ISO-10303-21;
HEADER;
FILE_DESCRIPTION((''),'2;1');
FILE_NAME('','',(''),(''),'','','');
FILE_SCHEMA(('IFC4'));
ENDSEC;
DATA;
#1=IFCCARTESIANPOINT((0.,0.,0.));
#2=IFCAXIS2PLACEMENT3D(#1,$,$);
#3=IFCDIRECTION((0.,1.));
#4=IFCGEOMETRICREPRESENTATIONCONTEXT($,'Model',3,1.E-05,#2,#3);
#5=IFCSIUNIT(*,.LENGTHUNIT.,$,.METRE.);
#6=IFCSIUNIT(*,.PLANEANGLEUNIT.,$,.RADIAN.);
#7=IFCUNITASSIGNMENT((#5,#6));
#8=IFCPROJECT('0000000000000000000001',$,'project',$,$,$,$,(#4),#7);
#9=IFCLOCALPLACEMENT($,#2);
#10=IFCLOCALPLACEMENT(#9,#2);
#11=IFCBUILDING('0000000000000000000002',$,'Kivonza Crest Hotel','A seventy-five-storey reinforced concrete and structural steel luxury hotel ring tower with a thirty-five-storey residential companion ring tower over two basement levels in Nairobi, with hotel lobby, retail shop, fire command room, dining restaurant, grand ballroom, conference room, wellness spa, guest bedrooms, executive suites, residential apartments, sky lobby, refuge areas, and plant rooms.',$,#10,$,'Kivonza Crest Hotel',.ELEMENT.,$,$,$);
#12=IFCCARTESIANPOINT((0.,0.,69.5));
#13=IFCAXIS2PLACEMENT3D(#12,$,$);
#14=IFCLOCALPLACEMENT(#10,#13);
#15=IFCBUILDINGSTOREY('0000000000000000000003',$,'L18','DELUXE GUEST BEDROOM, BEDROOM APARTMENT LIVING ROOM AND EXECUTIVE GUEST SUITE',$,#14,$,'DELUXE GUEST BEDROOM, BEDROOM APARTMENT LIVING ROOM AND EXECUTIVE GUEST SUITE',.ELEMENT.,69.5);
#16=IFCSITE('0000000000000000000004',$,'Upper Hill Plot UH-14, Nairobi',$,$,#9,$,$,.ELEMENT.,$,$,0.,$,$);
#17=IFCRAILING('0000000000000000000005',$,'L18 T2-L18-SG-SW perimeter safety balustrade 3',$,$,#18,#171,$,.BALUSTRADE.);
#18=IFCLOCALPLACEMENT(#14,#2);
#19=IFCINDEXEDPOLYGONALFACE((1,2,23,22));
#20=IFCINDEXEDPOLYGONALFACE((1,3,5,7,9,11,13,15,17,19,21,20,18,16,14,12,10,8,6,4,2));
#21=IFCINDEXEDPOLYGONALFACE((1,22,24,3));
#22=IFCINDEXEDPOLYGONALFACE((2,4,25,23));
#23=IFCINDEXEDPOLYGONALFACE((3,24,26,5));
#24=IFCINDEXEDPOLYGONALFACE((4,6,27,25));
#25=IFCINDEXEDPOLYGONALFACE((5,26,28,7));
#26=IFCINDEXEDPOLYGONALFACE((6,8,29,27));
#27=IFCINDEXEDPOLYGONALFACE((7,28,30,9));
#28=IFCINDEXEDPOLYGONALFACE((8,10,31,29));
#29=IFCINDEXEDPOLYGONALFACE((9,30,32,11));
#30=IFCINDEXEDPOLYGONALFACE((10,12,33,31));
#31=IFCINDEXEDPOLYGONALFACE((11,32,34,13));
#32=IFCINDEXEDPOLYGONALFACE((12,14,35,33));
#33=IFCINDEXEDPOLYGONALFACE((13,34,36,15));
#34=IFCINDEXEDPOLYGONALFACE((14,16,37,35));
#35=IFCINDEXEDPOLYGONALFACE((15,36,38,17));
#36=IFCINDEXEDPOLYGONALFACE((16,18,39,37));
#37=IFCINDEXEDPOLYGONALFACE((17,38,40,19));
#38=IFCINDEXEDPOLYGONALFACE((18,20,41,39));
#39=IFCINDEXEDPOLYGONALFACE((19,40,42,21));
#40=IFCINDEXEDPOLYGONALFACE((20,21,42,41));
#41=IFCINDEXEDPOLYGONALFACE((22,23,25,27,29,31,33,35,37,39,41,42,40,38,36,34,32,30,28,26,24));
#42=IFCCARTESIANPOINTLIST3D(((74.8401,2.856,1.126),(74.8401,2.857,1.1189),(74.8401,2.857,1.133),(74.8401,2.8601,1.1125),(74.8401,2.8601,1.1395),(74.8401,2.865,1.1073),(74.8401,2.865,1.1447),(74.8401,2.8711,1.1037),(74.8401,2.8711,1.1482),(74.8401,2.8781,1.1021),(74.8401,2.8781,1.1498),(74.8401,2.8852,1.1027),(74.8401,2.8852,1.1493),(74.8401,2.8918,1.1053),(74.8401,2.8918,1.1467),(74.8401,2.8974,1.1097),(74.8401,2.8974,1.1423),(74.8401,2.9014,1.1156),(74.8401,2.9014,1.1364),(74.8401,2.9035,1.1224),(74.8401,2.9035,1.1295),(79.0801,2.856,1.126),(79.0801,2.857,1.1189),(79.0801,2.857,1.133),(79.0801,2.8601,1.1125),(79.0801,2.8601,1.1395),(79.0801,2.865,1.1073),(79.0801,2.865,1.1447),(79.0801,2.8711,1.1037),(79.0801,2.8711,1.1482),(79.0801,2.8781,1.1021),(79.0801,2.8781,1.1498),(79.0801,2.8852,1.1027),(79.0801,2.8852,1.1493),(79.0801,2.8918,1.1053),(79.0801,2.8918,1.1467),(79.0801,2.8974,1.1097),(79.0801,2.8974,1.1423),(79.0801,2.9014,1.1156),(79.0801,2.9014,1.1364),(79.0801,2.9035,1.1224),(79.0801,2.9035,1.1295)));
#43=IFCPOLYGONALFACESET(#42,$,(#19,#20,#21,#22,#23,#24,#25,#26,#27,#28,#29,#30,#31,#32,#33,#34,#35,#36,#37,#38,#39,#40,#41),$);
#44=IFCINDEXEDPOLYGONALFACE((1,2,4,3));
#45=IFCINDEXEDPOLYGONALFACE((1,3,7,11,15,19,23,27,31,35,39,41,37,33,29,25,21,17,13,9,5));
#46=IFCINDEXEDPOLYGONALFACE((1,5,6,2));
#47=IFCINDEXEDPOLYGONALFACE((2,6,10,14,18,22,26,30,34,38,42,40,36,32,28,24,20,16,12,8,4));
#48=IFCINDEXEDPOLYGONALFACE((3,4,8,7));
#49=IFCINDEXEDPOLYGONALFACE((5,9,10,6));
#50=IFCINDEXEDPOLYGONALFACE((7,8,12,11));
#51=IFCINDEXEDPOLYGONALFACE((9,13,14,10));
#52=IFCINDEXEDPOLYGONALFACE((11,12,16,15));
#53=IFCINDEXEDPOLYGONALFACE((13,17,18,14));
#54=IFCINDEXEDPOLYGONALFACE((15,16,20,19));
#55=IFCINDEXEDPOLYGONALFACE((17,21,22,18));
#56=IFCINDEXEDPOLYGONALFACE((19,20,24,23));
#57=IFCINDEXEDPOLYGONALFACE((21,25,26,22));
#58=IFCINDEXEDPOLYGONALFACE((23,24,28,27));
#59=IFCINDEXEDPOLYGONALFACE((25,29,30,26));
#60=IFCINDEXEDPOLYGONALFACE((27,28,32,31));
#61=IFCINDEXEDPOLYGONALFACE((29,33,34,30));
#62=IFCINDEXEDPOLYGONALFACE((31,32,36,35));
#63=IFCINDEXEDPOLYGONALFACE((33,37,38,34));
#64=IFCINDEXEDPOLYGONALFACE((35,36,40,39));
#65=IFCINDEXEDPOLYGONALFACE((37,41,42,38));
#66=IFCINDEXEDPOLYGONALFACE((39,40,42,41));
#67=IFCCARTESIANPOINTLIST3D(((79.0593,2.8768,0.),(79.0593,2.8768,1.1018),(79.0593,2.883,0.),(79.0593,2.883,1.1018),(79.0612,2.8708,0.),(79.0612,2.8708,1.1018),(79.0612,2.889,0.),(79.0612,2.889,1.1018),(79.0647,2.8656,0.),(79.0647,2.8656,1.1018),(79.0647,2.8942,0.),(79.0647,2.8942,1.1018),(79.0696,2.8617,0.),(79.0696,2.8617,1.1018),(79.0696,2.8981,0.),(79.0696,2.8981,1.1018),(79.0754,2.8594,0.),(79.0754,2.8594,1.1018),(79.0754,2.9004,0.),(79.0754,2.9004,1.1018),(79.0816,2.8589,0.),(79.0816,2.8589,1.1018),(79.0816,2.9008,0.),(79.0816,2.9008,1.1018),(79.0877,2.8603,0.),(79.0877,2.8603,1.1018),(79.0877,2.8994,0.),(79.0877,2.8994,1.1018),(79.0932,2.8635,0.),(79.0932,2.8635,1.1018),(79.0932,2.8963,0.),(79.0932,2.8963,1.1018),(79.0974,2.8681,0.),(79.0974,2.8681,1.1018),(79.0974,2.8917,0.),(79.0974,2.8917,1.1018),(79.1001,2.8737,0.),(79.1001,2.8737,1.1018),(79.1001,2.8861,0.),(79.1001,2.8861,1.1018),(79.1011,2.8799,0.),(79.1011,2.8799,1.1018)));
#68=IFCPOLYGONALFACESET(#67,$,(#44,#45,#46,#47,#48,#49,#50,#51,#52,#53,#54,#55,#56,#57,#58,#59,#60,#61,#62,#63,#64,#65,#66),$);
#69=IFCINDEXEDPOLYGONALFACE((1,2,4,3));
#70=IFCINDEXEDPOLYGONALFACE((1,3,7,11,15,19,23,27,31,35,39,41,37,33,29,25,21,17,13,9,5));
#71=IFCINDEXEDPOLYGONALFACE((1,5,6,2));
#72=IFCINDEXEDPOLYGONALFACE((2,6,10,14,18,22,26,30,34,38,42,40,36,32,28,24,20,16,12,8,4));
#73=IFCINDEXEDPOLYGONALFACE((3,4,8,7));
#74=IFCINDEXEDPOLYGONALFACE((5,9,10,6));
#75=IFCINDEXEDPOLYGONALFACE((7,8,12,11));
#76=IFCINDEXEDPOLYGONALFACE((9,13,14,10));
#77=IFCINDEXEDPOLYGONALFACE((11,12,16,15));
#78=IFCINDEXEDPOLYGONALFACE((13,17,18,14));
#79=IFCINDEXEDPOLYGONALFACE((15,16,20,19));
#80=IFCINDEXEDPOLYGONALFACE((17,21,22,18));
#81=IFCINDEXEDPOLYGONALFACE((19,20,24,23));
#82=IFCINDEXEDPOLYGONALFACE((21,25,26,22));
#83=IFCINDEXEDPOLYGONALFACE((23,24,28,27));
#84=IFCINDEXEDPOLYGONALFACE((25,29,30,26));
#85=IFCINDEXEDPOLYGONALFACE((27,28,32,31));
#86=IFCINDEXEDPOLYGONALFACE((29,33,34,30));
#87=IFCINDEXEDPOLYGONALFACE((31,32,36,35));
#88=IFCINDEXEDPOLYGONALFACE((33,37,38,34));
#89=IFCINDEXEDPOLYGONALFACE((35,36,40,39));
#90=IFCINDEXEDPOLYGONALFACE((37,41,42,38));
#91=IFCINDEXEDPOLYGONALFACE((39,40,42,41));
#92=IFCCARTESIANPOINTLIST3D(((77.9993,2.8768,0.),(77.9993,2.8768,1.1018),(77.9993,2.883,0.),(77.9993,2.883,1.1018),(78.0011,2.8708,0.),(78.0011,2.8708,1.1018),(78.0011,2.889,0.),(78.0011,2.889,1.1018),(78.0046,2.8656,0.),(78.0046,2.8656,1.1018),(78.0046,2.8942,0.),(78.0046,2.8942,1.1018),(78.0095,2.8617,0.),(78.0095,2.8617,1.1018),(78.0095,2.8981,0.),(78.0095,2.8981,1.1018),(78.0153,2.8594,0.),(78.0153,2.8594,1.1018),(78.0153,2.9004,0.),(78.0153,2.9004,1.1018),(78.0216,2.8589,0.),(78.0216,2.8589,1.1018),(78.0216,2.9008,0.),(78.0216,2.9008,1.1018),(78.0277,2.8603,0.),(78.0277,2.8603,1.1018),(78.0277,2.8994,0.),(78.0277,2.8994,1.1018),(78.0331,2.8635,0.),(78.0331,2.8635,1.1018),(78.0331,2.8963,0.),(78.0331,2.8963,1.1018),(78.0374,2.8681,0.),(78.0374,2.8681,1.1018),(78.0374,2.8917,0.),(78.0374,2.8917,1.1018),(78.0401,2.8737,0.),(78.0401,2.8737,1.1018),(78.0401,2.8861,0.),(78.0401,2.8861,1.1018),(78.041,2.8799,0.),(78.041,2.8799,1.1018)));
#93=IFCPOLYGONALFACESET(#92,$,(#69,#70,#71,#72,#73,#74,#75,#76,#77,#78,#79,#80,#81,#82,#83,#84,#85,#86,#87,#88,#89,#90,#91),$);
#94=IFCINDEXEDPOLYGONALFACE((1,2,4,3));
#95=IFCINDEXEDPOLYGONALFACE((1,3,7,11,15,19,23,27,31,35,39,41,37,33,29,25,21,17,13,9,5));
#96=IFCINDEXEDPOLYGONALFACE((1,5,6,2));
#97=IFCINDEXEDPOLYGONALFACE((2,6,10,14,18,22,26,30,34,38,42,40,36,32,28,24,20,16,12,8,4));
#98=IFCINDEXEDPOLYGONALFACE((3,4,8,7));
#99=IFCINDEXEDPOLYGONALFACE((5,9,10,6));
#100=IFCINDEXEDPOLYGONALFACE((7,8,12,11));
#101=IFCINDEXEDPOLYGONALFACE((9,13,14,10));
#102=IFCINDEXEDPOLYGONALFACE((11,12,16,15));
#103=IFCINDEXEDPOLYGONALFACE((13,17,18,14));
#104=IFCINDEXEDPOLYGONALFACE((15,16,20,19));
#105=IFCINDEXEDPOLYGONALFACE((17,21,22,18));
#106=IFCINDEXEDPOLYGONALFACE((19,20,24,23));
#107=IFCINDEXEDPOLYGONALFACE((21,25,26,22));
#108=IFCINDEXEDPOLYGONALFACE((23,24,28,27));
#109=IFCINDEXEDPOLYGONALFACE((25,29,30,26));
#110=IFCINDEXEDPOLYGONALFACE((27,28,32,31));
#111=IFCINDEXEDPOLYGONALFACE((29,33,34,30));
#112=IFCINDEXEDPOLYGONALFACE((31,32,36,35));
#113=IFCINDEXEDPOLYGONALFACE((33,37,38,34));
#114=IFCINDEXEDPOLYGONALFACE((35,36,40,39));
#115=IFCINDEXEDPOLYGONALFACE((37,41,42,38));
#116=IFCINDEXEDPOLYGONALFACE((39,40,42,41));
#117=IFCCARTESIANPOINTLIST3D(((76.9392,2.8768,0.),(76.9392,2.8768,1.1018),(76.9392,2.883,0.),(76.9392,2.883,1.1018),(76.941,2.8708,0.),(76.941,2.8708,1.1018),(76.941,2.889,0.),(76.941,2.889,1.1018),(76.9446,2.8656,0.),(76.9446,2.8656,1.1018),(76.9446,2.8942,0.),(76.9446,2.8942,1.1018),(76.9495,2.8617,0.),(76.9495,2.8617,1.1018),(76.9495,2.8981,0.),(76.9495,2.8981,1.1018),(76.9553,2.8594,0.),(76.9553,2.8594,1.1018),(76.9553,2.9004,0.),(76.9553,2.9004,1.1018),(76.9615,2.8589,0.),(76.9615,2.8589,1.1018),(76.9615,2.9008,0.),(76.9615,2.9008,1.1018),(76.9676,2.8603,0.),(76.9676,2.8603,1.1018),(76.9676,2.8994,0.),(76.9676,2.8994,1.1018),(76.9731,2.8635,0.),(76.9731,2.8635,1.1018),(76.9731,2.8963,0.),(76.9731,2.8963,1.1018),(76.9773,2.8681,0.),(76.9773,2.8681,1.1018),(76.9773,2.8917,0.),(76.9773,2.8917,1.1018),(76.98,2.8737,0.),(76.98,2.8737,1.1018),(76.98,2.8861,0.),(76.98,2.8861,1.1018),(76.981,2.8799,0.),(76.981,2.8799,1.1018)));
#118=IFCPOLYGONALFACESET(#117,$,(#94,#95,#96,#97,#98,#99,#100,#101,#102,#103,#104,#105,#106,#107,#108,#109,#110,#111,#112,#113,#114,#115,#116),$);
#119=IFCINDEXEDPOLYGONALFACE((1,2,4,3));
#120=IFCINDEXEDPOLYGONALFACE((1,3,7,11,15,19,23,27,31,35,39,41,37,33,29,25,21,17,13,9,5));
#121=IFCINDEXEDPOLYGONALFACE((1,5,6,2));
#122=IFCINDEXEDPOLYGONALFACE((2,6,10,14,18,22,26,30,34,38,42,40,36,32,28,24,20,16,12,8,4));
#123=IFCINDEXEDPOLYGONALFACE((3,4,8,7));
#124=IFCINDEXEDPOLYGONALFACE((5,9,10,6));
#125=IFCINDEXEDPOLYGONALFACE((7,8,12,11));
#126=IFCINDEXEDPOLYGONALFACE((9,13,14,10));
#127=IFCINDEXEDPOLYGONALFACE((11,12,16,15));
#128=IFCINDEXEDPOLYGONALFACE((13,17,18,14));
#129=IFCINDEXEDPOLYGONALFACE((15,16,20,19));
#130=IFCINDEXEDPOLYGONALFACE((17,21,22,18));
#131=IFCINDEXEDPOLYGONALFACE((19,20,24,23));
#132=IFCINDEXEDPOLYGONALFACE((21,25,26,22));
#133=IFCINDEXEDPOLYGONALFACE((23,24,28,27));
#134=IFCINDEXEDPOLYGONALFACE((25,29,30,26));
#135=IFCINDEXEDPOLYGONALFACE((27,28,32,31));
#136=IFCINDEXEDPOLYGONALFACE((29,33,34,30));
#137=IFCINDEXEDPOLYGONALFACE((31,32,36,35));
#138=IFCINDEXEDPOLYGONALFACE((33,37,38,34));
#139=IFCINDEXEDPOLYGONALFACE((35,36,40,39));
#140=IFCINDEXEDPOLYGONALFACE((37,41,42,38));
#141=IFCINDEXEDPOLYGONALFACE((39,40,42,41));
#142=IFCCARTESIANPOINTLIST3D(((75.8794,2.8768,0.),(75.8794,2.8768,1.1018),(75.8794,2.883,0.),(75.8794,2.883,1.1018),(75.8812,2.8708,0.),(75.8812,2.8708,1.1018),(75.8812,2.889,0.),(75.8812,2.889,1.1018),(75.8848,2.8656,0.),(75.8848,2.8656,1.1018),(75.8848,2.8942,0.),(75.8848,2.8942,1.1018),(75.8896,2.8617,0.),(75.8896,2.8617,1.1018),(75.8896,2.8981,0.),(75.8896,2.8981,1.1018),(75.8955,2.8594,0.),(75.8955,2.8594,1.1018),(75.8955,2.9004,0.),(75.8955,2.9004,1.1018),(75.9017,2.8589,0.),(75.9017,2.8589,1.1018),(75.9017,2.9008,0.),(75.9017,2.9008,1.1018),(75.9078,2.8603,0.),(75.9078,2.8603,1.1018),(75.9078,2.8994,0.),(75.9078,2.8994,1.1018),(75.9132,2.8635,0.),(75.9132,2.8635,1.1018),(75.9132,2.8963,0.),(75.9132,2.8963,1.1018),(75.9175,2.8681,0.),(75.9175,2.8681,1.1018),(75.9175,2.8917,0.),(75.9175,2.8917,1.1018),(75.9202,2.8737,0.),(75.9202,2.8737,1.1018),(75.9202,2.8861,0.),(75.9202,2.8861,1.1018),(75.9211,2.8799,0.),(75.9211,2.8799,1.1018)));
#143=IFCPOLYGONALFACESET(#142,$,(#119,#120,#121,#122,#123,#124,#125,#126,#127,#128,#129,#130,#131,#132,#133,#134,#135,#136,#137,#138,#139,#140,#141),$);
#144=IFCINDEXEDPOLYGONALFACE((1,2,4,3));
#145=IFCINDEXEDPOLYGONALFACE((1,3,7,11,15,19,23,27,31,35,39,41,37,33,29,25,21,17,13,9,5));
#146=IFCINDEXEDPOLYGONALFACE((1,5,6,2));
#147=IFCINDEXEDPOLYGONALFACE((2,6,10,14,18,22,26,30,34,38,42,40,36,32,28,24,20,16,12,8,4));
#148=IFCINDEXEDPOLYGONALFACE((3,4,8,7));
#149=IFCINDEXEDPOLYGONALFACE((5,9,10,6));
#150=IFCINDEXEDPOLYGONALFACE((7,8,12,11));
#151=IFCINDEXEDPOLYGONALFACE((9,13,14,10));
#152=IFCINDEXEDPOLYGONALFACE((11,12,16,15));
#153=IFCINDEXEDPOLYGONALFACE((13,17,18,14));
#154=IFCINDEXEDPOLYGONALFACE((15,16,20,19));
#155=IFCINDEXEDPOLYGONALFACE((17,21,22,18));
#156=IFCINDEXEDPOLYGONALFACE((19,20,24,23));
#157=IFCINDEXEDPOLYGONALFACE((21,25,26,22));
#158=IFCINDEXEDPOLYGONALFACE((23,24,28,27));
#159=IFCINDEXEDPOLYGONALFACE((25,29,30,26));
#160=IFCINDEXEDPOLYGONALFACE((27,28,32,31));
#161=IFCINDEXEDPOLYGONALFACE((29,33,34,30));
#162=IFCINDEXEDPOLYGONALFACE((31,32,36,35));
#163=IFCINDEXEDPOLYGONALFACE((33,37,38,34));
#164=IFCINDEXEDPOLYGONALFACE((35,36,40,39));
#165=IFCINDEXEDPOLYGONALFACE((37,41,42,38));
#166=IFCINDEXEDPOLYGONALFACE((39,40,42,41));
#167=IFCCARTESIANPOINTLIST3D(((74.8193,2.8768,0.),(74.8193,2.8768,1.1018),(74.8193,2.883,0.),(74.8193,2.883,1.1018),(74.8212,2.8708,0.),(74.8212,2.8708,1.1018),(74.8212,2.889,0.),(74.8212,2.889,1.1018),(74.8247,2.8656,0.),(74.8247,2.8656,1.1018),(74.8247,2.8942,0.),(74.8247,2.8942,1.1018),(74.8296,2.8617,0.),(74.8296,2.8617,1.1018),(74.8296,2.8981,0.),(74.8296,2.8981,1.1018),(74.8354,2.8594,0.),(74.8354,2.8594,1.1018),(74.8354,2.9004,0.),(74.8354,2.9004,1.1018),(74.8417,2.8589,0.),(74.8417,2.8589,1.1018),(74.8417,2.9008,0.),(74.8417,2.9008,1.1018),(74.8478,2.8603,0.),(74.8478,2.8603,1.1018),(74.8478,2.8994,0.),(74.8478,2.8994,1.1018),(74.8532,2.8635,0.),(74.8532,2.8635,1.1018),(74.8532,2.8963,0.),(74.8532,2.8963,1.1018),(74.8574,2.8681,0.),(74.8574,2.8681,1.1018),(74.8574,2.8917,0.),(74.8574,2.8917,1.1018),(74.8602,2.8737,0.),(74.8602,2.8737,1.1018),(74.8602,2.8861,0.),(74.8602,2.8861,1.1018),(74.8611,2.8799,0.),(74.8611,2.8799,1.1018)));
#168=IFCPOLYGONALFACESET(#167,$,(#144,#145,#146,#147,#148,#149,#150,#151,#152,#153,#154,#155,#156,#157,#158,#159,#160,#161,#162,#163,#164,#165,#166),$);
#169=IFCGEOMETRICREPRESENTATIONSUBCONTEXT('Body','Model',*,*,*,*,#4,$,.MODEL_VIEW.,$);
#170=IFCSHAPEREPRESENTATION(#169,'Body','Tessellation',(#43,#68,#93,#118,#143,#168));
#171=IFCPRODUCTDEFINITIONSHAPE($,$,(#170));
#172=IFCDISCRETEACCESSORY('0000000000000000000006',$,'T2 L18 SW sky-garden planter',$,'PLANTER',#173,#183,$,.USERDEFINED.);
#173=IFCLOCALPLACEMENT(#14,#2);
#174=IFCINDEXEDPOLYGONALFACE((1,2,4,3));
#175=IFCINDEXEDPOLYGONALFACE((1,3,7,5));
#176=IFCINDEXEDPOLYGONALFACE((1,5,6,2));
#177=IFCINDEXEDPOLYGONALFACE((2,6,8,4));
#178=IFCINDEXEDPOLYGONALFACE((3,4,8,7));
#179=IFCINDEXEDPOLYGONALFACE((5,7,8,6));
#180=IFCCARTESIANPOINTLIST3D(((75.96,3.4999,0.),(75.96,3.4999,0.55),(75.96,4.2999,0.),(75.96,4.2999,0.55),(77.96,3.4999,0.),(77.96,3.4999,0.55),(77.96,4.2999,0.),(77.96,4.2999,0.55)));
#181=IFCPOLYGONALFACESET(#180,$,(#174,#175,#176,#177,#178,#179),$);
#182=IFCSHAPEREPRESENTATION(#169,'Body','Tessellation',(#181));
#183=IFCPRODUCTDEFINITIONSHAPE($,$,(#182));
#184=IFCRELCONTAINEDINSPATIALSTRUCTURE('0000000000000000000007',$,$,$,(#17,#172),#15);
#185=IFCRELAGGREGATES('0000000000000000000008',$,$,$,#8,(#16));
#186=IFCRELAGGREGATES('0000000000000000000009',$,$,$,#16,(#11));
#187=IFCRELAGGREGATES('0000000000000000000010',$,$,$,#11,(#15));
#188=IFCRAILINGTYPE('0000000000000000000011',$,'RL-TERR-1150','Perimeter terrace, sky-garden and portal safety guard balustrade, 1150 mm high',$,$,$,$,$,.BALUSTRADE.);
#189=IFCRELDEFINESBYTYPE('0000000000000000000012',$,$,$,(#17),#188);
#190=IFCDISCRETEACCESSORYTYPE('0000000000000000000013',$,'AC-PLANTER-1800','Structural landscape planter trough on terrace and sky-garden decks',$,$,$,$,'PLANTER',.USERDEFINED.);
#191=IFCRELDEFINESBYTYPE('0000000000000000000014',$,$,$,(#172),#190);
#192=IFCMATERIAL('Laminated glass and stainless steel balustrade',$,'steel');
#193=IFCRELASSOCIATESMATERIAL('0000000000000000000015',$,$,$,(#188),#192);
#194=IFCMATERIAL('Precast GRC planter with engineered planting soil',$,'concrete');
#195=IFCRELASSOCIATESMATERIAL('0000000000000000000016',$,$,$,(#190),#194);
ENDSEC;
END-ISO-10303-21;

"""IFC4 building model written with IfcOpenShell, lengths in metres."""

from ifc_helpers import new_model, si_unit, direction, frame, origin, origin_2d, place, context, subcontext, project, spatial, rectangle, circle, extrude, material, type_object, element, save


model = new_model("IFC4")

# Units and contexts
model_context = context("Model", 3, precision=1e-05, world=origin(), true_north=direction((0.0, 1.0)))
body_context = subcontext(model_context, "Body", "Model", "MODEL_VIEW")
ifc_project = project(units=[si_unit("LENGTHUNIT", "METRE"), si_unit("PLANEANGLEUNIT", "RADIAN")], contexts=[model_context])

# Site, building, storey
site_placement = place(None, origin())
site = spatial("IfcSite", under=ifc_project, at=site_placement, Name="Upper Hill Plot UH-14, Nairobi", CompositionType="ELEMENT", RefElevation=0.0)
building_placement = place(site_placement, origin())
building = spatial("IfcBuilding", under=site, at=building_placement, Name="Kivonza Crest Hotel", Description="A seventy-five-storey reinforced concrete and structural steel luxury hotel ring tower with a thirty-five-storey residential companion ring tower over two basement levels in Nairobi, with hotel lobby, retail shop, fire command room, dining restaurant, grand ballroom, conference room, wellness spa, guest bedrooms, executive suites, residential apartments, sky lobby, refuge areas, and plant rooms.", LongName="Kivonza Crest Hotel", CompositionType="ELEMENT")
storey_placement = place(building_placement, frame((0.0, 0.0, 69.5)))
storey = spatial("IfcBuildingStorey", under=building, at=storey_placement, Name="L18", Description="DELUXE GUEST BEDROOM, BEDROOM APARTMENT LIVING ROOM AND EXECUTIVE GUEST SUITE", LongName="DELUXE GUEST BEDROOM, BEDROOM APARTMENT LIVING ROOM AND EXECUTIVE GUEST SUITE", CompositionType="ELEMENT", Elevation=69.5)

# Railing
ifc_material_1 = material(Name="Laminated glass and stainless steel balustrade", Category="steel")
railing_type = type_object("IfcRailingType", Name="RL-TERR-1150", Description="Perimeter terrace, sky-garden and portal safety guard balustrade, 1150 mm high", PredefinedType="BALUSTRADE", material=ifc_material_1)
railing_1_placement = place(storey_placement, frame((79.0801, 2.8799, 0.0)))
element("IfcRailing", 1, at=railing_1_placement, inside=storey, type_object=railing_type, Name="L18 T2-L18-SG-SW perimeter safety balustrade 3", PredefinedType="BALUSTRADE", context=body_context, shape_type="SweptSolid", body=[
    extrude(circle(Radius=0.0239, at=origin_2d()), frame((0.0, 0.0, 1.126), z_axis=(-1.0, 0.0, 0.0), x_axis=(0.0, -1.0, 0.0)), (0.0, 0.0, 1.0), 4.24),
    extrude(circle(Radius=0.021, at=origin_2d()), origin(), (0.0, 0.0, 1.0), 1.1018),
    extrude(circle(Radius=0.021, at=origin_2d()), frame((-1.0601, 0.0, 0.0)), (0.0, 0.0, 1.0), 1.1018),
    extrude(circle(Radius=0.021, at=origin_2d()), frame((-2.1201, 0.0, 0.0)), (0.0, 0.0, 1.0), 1.1018),
    extrude(circle(Radius=0.021, at=origin_2d()), frame((-3.1799, 0.0, 0.0)), (0.0, 0.0, 1.0), 1.1018),
    extrude(circle(Radius=0.021, at=origin_2d()), frame((-4.24, 0.0, 0.0)), (0.0, 0.0, 1.0), 1.1018),
])

# Discrete accessory
ifc_material_2 = material(Name="Precast GRC planter with engineered planting soil", Category="concrete")
discrete_accessory_type = type_object("IfcDiscreteAccessoryType", Name="AC-PLANTER-1800", Description="Structural landscape planter trough on terrace and sky-garden decks", ElementType="PLANTER", PredefinedType="USERDEFINED", material=ifc_material_2)
discrete_accessory_placement = place(storey_placement, frame((76.96, 3.8999, 0.0), z_axis=(0.0, 0.0, 1.0), x_axis=(1.0, 0.0, 0.0)))
element("IfcDiscreteAccessory", 2, at=discrete_accessory_placement, inside=storey, type_object=discrete_accessory_type, Name="T2 L18 SW sky-garden planter", ObjectType="PLANTER", PredefinedType="USERDEFINED", context=body_context, shape_type="SweptSolid", body=[
    extrude(rectangle(XDim=2.0, YDim=0.8, at=origin_2d()), origin(), (0.0, 0.0, 1.0), 0.55),
])

save(model, "model.ifc")
